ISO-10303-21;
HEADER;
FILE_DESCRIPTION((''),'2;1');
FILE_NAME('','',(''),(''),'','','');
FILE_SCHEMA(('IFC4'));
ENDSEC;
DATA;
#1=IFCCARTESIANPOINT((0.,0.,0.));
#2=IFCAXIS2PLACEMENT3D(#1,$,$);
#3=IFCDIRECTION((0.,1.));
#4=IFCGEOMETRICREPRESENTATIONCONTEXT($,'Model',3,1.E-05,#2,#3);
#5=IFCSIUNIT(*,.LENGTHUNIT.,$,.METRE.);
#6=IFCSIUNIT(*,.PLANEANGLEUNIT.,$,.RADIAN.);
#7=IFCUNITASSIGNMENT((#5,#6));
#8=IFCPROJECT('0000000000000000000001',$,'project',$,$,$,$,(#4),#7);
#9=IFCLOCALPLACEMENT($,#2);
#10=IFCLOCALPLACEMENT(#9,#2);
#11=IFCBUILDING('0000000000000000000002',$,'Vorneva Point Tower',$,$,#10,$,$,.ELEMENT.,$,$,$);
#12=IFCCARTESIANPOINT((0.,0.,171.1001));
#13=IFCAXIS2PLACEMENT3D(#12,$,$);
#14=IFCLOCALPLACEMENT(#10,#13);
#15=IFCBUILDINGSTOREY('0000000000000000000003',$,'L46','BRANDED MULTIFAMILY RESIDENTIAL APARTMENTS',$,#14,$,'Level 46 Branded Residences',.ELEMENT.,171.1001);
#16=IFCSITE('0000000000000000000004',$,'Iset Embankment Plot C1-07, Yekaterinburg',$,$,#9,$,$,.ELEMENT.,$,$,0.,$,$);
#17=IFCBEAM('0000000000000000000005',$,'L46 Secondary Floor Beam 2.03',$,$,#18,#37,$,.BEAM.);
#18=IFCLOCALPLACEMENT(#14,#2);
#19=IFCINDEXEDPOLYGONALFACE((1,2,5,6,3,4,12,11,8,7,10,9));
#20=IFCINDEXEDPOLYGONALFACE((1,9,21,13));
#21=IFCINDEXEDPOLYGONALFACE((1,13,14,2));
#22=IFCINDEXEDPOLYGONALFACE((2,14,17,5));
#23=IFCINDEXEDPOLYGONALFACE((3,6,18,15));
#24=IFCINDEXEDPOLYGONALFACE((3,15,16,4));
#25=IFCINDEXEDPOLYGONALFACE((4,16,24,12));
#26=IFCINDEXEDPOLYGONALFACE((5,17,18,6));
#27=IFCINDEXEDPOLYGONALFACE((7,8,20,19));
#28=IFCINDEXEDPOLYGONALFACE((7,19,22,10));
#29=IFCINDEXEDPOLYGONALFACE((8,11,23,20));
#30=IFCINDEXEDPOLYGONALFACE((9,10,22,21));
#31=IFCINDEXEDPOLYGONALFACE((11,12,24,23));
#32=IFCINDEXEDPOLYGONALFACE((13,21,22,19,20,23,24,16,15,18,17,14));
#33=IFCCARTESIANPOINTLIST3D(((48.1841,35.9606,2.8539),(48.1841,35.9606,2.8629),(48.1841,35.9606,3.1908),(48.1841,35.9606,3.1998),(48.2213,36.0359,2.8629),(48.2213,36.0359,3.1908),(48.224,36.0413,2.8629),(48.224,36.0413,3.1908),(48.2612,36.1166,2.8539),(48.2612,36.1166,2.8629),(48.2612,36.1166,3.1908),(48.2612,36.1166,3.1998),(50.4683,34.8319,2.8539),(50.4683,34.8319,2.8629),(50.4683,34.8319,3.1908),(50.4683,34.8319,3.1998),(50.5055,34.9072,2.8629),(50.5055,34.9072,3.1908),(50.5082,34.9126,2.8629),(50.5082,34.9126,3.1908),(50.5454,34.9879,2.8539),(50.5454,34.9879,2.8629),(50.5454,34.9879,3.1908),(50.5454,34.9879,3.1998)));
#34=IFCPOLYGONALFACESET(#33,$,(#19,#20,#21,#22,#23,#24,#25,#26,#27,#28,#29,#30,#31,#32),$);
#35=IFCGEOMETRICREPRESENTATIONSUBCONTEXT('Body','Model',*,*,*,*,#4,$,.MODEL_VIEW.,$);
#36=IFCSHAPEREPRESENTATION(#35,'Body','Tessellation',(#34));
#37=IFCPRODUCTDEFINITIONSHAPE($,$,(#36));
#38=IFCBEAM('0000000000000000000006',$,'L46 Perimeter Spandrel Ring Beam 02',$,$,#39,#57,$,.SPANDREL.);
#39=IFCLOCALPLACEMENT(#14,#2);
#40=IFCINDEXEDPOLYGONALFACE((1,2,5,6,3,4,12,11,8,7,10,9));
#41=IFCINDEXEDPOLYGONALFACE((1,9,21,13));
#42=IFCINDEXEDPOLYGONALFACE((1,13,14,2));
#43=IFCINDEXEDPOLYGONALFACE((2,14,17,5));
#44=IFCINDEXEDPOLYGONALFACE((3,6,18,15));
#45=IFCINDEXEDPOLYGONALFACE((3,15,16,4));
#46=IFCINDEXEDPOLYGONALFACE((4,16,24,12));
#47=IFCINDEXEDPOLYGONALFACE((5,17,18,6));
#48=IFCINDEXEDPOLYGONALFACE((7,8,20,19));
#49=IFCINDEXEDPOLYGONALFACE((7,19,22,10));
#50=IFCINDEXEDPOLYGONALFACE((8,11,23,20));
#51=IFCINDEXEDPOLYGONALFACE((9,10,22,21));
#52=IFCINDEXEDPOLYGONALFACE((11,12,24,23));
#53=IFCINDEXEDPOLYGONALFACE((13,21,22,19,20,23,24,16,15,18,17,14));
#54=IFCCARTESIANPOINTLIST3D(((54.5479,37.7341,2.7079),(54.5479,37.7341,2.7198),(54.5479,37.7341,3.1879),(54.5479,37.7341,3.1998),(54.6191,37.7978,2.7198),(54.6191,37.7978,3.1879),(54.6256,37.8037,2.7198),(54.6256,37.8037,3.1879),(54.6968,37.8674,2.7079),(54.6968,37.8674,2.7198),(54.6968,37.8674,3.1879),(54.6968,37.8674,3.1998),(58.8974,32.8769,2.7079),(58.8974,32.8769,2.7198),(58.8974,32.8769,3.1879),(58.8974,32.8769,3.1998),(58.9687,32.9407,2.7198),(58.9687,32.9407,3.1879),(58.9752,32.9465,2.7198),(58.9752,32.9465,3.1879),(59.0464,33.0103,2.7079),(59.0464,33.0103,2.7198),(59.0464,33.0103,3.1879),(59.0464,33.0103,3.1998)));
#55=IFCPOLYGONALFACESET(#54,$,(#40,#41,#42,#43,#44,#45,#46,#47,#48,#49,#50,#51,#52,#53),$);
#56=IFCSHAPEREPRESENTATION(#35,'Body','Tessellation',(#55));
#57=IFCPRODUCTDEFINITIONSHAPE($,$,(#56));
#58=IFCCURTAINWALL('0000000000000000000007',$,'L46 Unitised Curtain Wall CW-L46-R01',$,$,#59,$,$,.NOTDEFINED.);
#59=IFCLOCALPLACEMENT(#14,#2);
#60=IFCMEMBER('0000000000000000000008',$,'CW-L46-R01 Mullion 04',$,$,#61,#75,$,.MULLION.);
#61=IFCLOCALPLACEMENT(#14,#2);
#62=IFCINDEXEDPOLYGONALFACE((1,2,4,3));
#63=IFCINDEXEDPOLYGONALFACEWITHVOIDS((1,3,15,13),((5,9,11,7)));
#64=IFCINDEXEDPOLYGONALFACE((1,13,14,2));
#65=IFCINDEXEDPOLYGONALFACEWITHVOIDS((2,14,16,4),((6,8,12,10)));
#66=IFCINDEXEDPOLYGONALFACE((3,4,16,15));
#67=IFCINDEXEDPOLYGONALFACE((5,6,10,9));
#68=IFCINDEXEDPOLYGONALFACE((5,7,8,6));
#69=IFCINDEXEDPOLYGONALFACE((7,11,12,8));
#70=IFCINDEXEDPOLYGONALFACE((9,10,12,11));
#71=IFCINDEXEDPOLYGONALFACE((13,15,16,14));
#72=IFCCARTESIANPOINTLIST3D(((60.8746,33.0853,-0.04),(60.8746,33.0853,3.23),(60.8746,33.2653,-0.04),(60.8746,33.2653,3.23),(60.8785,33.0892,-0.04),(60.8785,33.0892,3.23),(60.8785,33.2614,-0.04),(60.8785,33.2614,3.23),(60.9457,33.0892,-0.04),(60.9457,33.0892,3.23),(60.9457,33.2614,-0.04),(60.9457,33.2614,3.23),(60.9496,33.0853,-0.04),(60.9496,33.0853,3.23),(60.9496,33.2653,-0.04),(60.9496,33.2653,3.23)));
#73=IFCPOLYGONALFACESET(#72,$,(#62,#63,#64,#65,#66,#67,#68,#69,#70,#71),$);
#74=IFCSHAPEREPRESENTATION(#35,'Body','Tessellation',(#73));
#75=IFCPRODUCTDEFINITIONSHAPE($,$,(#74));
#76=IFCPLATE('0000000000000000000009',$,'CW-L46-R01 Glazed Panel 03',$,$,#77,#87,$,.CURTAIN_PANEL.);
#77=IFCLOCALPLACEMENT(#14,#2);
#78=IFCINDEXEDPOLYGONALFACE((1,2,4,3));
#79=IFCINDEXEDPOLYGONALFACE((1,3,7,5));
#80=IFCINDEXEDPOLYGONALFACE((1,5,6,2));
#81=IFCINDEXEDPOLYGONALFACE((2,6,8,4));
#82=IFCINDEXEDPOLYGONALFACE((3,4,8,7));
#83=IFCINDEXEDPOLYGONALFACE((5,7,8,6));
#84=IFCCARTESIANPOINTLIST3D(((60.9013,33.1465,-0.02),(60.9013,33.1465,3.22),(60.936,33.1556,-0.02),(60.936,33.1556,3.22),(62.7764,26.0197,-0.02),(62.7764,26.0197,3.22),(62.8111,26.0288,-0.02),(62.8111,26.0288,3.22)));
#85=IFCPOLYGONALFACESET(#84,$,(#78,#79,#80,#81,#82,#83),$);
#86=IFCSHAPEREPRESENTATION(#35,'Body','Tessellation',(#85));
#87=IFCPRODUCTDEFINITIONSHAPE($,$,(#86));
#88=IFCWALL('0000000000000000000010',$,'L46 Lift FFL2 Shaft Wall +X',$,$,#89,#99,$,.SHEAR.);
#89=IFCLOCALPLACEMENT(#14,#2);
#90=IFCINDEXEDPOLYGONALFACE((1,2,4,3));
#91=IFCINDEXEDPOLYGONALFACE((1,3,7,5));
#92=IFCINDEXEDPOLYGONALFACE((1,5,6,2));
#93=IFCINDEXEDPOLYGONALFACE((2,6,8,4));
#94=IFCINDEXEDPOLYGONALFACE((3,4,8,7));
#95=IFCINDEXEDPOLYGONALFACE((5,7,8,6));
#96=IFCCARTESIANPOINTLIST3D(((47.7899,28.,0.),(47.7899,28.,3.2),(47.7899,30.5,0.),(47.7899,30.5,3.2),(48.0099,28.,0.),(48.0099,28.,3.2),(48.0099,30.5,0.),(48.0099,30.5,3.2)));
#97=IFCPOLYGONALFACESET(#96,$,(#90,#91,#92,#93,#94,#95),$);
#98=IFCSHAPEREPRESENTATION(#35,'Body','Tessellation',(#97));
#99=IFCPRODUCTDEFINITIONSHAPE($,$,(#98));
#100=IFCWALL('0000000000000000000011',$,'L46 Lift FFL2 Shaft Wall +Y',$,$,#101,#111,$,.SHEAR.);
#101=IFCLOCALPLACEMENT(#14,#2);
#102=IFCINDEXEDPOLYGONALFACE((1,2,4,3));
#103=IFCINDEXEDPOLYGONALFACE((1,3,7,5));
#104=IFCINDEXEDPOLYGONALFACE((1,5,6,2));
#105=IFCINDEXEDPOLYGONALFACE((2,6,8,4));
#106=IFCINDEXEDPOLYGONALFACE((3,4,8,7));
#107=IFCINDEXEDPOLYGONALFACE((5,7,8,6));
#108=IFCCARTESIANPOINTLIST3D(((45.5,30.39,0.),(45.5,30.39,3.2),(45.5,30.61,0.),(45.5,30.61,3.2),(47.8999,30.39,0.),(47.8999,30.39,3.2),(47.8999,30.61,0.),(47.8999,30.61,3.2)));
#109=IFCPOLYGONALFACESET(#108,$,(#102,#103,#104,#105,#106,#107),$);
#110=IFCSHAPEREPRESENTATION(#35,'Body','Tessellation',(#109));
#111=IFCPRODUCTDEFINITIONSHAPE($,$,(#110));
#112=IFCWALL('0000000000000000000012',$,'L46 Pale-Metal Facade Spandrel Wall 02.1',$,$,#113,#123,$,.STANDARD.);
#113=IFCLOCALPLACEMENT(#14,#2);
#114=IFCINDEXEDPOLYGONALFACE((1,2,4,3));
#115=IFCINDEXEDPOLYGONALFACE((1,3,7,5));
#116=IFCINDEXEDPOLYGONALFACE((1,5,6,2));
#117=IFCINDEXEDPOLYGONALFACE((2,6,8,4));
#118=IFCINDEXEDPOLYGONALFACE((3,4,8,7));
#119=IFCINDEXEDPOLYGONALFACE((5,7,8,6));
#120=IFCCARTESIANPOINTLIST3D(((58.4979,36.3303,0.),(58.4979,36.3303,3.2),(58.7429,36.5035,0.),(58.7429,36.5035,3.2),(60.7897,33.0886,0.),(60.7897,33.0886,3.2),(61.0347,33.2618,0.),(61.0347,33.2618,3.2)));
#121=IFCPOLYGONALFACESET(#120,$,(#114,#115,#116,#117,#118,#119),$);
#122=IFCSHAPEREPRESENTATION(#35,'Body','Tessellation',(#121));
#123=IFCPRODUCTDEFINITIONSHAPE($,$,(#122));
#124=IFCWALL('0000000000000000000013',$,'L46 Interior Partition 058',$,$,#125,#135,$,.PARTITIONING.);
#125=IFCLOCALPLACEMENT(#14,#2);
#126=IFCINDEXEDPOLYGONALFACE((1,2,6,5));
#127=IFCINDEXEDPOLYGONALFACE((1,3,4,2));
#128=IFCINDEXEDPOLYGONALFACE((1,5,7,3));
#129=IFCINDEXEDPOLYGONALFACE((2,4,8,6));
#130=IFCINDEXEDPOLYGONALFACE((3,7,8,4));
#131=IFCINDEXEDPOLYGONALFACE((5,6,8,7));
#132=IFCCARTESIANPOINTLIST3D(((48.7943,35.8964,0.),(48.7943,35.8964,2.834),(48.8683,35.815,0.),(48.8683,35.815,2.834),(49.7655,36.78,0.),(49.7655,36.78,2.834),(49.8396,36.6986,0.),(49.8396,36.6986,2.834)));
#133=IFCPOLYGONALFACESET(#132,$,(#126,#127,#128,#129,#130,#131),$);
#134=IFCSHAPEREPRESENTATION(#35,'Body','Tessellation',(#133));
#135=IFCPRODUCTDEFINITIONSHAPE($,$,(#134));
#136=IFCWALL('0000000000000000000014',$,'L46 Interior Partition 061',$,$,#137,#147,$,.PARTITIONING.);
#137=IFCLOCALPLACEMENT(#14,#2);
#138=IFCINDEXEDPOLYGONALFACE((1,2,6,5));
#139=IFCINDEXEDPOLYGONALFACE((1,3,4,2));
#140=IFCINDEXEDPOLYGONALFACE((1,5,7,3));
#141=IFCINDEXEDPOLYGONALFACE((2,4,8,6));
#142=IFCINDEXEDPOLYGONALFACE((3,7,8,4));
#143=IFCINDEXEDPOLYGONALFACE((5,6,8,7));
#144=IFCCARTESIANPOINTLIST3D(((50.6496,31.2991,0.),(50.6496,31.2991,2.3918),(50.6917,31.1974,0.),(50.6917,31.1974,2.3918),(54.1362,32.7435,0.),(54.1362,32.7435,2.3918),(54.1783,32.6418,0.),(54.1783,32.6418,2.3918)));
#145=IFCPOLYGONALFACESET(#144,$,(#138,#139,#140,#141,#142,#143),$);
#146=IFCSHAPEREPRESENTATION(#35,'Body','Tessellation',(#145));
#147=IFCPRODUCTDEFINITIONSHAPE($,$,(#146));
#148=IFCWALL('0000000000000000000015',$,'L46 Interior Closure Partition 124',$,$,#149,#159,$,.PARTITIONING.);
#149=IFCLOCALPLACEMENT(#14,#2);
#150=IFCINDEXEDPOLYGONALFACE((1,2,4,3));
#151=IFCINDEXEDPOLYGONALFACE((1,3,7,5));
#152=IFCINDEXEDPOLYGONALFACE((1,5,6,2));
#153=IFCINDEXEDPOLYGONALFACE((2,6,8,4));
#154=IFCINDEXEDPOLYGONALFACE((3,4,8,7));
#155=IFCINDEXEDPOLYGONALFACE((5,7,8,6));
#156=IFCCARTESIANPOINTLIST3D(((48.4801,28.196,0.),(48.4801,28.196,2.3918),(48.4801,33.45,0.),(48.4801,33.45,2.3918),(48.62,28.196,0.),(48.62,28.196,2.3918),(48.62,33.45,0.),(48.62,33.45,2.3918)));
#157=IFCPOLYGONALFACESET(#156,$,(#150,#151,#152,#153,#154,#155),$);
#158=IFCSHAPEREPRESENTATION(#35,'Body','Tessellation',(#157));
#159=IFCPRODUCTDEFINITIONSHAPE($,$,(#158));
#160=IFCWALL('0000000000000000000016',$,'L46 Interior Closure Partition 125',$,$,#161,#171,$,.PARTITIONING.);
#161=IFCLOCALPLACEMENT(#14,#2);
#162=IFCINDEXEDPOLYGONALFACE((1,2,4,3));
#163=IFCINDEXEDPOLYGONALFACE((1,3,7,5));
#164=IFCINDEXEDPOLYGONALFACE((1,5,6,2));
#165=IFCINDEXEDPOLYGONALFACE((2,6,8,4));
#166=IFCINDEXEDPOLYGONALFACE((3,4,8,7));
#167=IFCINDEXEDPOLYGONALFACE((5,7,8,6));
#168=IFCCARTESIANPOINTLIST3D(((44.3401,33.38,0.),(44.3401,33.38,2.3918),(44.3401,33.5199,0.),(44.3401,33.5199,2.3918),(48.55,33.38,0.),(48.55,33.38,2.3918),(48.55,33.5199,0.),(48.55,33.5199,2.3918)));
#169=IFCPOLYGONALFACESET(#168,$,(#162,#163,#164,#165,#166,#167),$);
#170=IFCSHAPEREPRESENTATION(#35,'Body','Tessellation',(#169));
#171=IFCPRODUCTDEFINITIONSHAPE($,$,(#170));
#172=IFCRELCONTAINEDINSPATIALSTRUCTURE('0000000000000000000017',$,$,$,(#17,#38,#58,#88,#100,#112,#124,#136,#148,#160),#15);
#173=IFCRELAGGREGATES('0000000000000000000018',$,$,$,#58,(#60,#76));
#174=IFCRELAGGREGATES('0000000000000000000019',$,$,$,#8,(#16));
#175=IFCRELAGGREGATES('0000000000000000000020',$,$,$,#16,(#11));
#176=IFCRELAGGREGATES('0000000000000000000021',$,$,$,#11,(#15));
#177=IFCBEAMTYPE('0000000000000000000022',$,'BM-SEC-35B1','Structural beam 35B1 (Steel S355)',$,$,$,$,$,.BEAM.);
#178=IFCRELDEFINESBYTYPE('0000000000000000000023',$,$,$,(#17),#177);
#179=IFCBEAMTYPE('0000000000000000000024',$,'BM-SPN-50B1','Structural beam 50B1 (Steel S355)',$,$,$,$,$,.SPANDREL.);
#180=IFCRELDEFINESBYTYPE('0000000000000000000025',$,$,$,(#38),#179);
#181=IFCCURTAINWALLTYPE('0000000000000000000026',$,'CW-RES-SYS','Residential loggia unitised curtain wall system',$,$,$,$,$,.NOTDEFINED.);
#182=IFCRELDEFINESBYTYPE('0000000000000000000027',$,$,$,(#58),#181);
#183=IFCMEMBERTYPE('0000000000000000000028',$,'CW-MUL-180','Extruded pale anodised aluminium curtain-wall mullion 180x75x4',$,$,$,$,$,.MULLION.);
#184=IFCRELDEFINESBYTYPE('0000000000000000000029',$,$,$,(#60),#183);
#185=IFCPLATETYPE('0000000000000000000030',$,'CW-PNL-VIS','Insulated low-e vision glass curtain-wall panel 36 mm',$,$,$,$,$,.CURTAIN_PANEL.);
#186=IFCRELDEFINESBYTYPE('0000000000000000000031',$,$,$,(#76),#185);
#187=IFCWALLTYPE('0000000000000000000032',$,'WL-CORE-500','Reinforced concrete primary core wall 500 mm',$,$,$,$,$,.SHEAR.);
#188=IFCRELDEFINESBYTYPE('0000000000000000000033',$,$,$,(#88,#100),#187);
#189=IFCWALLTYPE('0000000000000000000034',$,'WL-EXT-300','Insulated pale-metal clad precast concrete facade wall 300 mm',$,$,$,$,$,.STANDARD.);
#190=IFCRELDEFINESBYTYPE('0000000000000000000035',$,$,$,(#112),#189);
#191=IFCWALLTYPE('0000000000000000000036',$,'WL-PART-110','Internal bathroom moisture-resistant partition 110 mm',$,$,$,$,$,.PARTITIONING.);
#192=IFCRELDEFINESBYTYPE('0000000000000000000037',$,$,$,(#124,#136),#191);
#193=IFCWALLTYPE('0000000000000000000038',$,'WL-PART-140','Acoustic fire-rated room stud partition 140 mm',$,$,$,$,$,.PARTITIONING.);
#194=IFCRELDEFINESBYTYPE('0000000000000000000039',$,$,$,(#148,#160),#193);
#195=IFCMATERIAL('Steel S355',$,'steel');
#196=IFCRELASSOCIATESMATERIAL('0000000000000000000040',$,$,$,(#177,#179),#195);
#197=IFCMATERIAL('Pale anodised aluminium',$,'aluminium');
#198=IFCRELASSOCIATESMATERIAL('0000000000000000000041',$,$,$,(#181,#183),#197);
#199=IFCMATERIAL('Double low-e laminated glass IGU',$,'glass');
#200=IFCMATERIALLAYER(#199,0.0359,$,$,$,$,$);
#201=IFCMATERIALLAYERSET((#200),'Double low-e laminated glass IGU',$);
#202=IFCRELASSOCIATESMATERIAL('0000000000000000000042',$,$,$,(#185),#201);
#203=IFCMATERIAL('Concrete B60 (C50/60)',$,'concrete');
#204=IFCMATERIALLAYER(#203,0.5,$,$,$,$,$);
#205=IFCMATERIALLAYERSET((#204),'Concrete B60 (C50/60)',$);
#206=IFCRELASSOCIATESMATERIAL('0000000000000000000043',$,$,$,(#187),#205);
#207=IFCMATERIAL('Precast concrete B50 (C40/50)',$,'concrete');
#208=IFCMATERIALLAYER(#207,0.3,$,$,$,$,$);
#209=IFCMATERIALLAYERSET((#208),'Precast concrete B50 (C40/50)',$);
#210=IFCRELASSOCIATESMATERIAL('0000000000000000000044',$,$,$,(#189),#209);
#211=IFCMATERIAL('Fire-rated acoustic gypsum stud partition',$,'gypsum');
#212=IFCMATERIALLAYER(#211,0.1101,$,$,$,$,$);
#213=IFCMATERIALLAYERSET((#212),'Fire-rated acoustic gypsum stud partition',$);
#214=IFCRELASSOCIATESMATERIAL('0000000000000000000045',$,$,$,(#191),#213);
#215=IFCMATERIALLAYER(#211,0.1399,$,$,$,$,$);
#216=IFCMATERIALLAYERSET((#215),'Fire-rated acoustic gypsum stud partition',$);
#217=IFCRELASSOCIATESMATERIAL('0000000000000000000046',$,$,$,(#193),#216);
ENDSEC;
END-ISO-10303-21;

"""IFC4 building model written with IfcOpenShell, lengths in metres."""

from ifc_helpers import new_model, si_unit, direction, frame, frame_2d, origin, origin_2d, place, context, subcontext, project, spatial, rectangle, hollow_rectangle, i_section, extrude, material, layer, layer_set, material_profile, profile_set, type_object, element, aggregate, save


model = new_model("IFC4")

# Units and contexts
model_context = context("Model", 3, precision=1e-05, world=origin(), true_north=direction((0.0, 1.0)))
body_context = subcontext(model_context, "Body", "Model", "MODEL_VIEW")
ifc_project = project(units=[si_unit("LENGTHUNIT", "METRE"), si_unit("PLANEANGLEUNIT", "RADIAN")], contexts=[model_context])

# Site, building, storey
site_placement = place(None, origin())
site = spatial("IfcSite", under=ifc_project, at=site_placement, Name="Iset Embankment Plot C1-07, Yekaterinburg", CompositionType="ELEMENT", RefElevation=0.0)
building_placement = place(site_placement, origin())
building = spatial("IfcBuilding", under=site, at=building_placement, Name="Vorneva Point Tower", CompositionType="ELEMENT")
storey_placement = place(building_placement, frame((0.0, 0.0, 171.1001)))
storey = spatial("IfcBuildingStorey", under=building, at=storey_placement, Name="L46", Description="BRANDED MULTIFAMILY RESIDENTIAL APARTMENTS", LongName="Level 46 Branded Residences", CompositionType="ELEMENT", Elevation=171.1001)

# Shared definitions
ifc_material_1 = material(Name="Concrete B60 (C50/60)", Category="concrete")

# Beams
ifc_material_2 = material(Name="Steel S355", Category="steel")
ifc_material_profile_1 = material_profile(ifc_material_2, i_section(OverallWidth=0.1741, OverallDepth=0.3459, WebThickness=0.0061, FlangeThickness=0.009, at=origin_2d()), Name="35B1")
ifc_profile_set_1 = profile_set([ifc_material_profile_1], Name="Steel S355")
beam_type_1 = type_object("IfcBeamType", Name="BM-SEC-35B1", Description="Structural beam 35B1 (Steel S355)", PredefinedType="BEAM", material=ifc_profile_set_1)
beam_1_placement = place(storey_placement, frame((50.5068, 34.9099, 3.0269), z_axis=(-0.896525, 0.442992, 0.0), x_axis=(-0.442992, -0.896525, 0.0)))
element("IfcBeam", 1, at=beam_1_placement, inside=storey, type_object=beam_type_1, Name="L46 Secondary Floor Beam 2.03", PredefinedType="BEAM", context=body_context, shape_type="SweptSolid", body=[
    extrude(i_section(OverallWidth=0.1741, OverallDepth=0.3459, WebThickness=0.0061, FlangeThickness=0.009, at=origin_2d()), origin(), (0.0, 0.0, 1.0), 2.5479),
])
ifc_material_profile_2 = material_profile(ifc_material_2, i_section(OverallWidth=0.2, OverallDepth=0.4919, WebThickness=0.0088, FlangeThickness=0.012, at=origin_2d()), Name="50B1")
ifc_profile_set_2 = profile_set([ifc_material_profile_2], Name="Steel S355")
beam_type_2 = type_object("IfcBeamType", Name="BM-SPN-50B1", Description="Structural beam 50B1 (Steel S355)", PredefinedType="SPANDREL", material=ifc_profile_set_2)
beam_2_placement = place(storey_placement, frame((58.9719, 32.9436, 2.9539), z_axis=(-0.667111, 0.744958, 0.0), x_axis=(-0.744958, -0.667111, 0.0)))
element("IfcBeam", 2, at=beam_2_placement, inside=storey, type_object=beam_type_2, Name="L46 Perimeter Spandrel Ring Beam 02", PredefinedType="SPANDREL", context=body_context, shape_type="SweptSolid", body=[
    extrude(i_section(OverallWidth=0.2, OverallDepth=0.4919, WebThickness=0.0088, FlangeThickness=0.012, at=origin_2d()), origin(), (0.0, 0.0, 1.0), 6.52),
])

# Curtain wall, member, plate
ifc_material_3 = material(Name="Pale anodised aluminium", Category="aluminium")
curtain_wall_type = type_object("IfcCurtainWallType", Name="CW-RES-SYS", Description="Residential loggia unitised curtain wall system", PredefinedType="NOTDEFINED", material=ifc_material_3)
curtain_wall_placement = place(storey_placement, origin())
curtain_wall = element("IfcCurtainWall", 3, at=curtain_wall_placement, inside=storey, type_object=curtain_wall_type, Name="L46 Unitised Curtain Wall CW-L46-R01", PredefinedType="NOTDEFINED")
ifc_material_profile_3 = material_profile(ifc_material_3, hollow_rectangle(XDim=0.075, YDim=0.1799, WallThickness=0.0039, at=origin_2d()), Name="AL-MUL 180x75x4")
ifc_profile_set_3 = profile_set([ifc_material_profile_3], Name="Pale anodised aluminium")
member_type = type_object("IfcMemberType", Name="CW-MUL-180", Description="Extruded pale anodised aluminium curtain-wall mullion 180x75x4", PredefinedType="MULLION", material=ifc_profile_set_3)
member_placement = place(storey_placement, frame((60.9121, 33.1753, -0.04), z_axis=(0.0, 0.0, 1.0), x_axis=(1.0, 0.0, 0.0)))
member = element("IfcMember", 4, at=member_placement, type_object=member_type, Name="CW-L46-R01 Mullion 04", PredefinedType="MULLION", context=body_context, shape_type="SweptSolid", body=[
    extrude(hollow_rectangle(XDim=0.075, YDim=0.1799, WallThickness=0.0039, at=origin_2d()), origin(), (0.0, 0.0, 1.0), 3.27),
])
ifc_material_4 = material(Name="Double low-e laminated glass IGU", Category="glass")
ifc_layer_1 = layer(ifc_material_4, 0.0359)
ifc_layer_set_1 = layer_set([ifc_layer_1], Name="Double low-e laminated glass IGU")
plate_type = type_object("IfcPlateType", Name="CW-PNL-VIS", Description="Insulated low-e vision glass curtain-wall panel 36 mm", PredefinedType="CURTAIN_PANEL", material=ifc_layer_set_1)
plate_placement = place(storey_placement, frame((61.8562, 29.5876, -0.02), z_axis=(0.0, 0.0, 1.0), x_axis=(-0.254433, 0.96709, 0.0)))
plate = element("IfcPlate", 5, at=plate_placement, type_object=plate_type, Name="CW-L46-R01 Glazed Panel 03", PredefinedType="CURTAIN_PANEL", context=body_context, shape_type="SweptSolid", body=[
    extrude(rectangle(XDim=7.3694, YDim=0.0359, at=origin_2d()), origin(), (0.0, 0.0, 1.0), 3.24),
])
aggregate(curtain_wall, [member, plate])

# Walls
ifc_layer_2 = layer(ifc_material_1, 0.5)
ifc_layer_set_2 = layer_set([ifc_layer_2], Name="Concrete B60 (C50/60)")
wall_type_1 = type_object("IfcWallType", Name="WL-CORE-500", Description="Reinforced concrete primary core wall 500 mm", PredefinedType="SHEAR", material=ifc_layer_set_2)
wall_1_placement = place(storey_placement, frame((47.8999, 28.0, 0.0), z_axis=(0.0, 0.0, 1.0), x_axis=(0.0, 1.0, 0.0)))
element("IfcWall", 6, at=wall_1_placement, inside=storey, type_object=wall_type_1, Name="L46 Lift FFL2 Shaft Wall +X", PredefinedType="SHEAR", context=body_context, shape_type="SweptSolid", body=[
    extrude(rectangle(XDim=2.5, YDim=0.22, at=frame_2d((1.25, 0.0))), origin(), (0.0, 0.0, 1.0), 3.2),
])
wall_2_placement = place(storey_placement, frame((47.8999, 30.5, 0.0), z_axis=(0.0, 0.0, 1.0), x_axis=(-1.0, 0.0, 0.0)))
element("IfcWall", 7, at=wall_2_placement, inside=storey, type_object=wall_type_1, Name="L46 Lift FFL2 Shaft Wall +Y", PredefinedType="SHEAR", context=body_context, shape_type="SweptSolid", body=[
    extrude(rectangle(XDim=2.3999, YDim=0.22, at=frame_2d((1.2, 0.0))), origin(), (0.0, 0.0, 1.0), 3.2),
])
ifc_material_5 = material(Name="Precast concrete B50 (C40/50)", Category="concrete")
ifc_layer_3 = layer(ifc_material_5, 0.3)
ifc_layer_set_3 = layer_set([ifc_layer_3], Name="Precast concrete B50 (C40/50)")
wall_type_2 = type_object("IfcWallType", Name="WL-EXT-300", Description="Insulated pale-metal clad precast concrete facade wall 300 mm", PredefinedType="STANDARD", material=ifc_layer_set_3)
wall_3_placement = place(storey_placement, frame((60.9121, 33.1753, 0.0), z_axis=(0.0, 0.0, 1.0), x_axis=(-0.57727, 0.816554, 0.0)))
element("IfcWall", 8, at=wall_3_placement, inside=storey, type_object=wall_type_2, Name="L46 Pale-Metal Facade Spandrel Wall 02.1", PredefinedType="STANDARD", context=body_context, shape_type="SweptSolid", body=[
    extrude(rectangle(XDim=3.97, YDim=0.3, at=frame_2d((1.9849, 0.0))), origin(), (0.0, 0.0, 1.0), 3.2),
])
ifc_material_6 = material(Name="Fire-rated acoustic gypsum stud partition", Category="gypsum")
ifc_layer_4 = layer(ifc_material_6, 0.1101)
ifc_layer_set_4 = layer_set([ifc_layer_4], Name="Fire-rated acoustic gypsum stud partition")
wall_type_3 = type_object("IfcWallType", Name="WL-PART-110", Description="Internal bathroom moisture-resistant partition 110 mm", PredefinedType="PARTITIONING", material=ifc_layer_set_4)
wall_4_placement = place(storey_placement, frame((48.8313, 35.8557, 0.0), z_axis=(0.0, 0.0, 1.0), x_axis=(0.739696, 0.672941, 0.0)))
element("IfcWall", 9, at=wall_4_placement, inside=storey, type_object=wall_type_3, Name="L46 Interior Partition 058", PredefinedType="PARTITIONING", context=body_context, shape_type="SweptSolid", body=[
    extrude(rectangle(XDim=1.313, YDim=0.1101, at=frame_2d((0.6565, 0.0))), origin(), (0.0, 0.0, 1.0), 2.834),
])
wall_5_placement = place(storey_placement, frame((54.1572, 32.6926, 0.0), z_axis=(0.0, 0.0, 1.0), x_axis=(-0.923865, -0.382717, 0.0)))
element("IfcWall", 10, at=wall_5_placement, inside=storey, type_object=wall_type_3, Name="L46 Interior Partition 061", PredefinedType="PARTITIONING", context=body_context, shape_type="SweptSolid", body=[
    extrude(rectangle(XDim=3.7739, YDim=0.1101, at=frame_2d((1.887, 0.0))), origin(), (0.0, 0.0, 1.0), 2.3918),
])
ifc_layer_5 = layer(ifc_material_6, 0.1399)
ifc_layer_set_5 = layer_set([ifc_layer_5], Name="Fire-rated acoustic gypsum stud partition")
wall_type_4 = type_object("IfcWallType", Name="WL-PART-140", Description="Acoustic fire-rated room stud partition 140 mm", PredefinedType="PARTITIONING", material=ifc_layer_set_5)
wall_6_placement = place(storey_placement, frame((48.55, 28.196, 0.0), z_axis=(0.0, 0.0, 1.0), x_axis=(0.0, 1.0, 0.0)))
element("IfcWall", 11, at=wall_6_placement, inside=storey, type_object=wall_type_4, Name="L46 Interior Closure Partition 124", PredefinedType="PARTITIONING", context=body_context, shape_type="SweptSolid", body=[
    extrude(rectangle(XDim=5.2539, YDim=0.1399, at=frame_2d((2.627, 0.0))), origin(), (0.0, 0.0, 1.0), 2.3918),
])
wall_7_placement = place(storey_placement, frame((48.55, 33.45, 0.0), z_axis=(0.0, 0.0, 1.0), x_axis=(-1.0, 0.0, 0.0)))
element("IfcWall", 12, at=wall_7_placement, inside=storey, type_object=wall_type_4, Name="L46 Interior Closure Partition 125", PredefinedType="PARTITIONING", context=body_context, shape_type="SweptSolid", body=[
    extrude(rectangle(XDim=4.21, YDim=0.1399, at=frame_2d((2.105, 0.0))), origin(), (0.0, 0.0, 1.0), 2.3918),
])

save(model, "model.ifc")
